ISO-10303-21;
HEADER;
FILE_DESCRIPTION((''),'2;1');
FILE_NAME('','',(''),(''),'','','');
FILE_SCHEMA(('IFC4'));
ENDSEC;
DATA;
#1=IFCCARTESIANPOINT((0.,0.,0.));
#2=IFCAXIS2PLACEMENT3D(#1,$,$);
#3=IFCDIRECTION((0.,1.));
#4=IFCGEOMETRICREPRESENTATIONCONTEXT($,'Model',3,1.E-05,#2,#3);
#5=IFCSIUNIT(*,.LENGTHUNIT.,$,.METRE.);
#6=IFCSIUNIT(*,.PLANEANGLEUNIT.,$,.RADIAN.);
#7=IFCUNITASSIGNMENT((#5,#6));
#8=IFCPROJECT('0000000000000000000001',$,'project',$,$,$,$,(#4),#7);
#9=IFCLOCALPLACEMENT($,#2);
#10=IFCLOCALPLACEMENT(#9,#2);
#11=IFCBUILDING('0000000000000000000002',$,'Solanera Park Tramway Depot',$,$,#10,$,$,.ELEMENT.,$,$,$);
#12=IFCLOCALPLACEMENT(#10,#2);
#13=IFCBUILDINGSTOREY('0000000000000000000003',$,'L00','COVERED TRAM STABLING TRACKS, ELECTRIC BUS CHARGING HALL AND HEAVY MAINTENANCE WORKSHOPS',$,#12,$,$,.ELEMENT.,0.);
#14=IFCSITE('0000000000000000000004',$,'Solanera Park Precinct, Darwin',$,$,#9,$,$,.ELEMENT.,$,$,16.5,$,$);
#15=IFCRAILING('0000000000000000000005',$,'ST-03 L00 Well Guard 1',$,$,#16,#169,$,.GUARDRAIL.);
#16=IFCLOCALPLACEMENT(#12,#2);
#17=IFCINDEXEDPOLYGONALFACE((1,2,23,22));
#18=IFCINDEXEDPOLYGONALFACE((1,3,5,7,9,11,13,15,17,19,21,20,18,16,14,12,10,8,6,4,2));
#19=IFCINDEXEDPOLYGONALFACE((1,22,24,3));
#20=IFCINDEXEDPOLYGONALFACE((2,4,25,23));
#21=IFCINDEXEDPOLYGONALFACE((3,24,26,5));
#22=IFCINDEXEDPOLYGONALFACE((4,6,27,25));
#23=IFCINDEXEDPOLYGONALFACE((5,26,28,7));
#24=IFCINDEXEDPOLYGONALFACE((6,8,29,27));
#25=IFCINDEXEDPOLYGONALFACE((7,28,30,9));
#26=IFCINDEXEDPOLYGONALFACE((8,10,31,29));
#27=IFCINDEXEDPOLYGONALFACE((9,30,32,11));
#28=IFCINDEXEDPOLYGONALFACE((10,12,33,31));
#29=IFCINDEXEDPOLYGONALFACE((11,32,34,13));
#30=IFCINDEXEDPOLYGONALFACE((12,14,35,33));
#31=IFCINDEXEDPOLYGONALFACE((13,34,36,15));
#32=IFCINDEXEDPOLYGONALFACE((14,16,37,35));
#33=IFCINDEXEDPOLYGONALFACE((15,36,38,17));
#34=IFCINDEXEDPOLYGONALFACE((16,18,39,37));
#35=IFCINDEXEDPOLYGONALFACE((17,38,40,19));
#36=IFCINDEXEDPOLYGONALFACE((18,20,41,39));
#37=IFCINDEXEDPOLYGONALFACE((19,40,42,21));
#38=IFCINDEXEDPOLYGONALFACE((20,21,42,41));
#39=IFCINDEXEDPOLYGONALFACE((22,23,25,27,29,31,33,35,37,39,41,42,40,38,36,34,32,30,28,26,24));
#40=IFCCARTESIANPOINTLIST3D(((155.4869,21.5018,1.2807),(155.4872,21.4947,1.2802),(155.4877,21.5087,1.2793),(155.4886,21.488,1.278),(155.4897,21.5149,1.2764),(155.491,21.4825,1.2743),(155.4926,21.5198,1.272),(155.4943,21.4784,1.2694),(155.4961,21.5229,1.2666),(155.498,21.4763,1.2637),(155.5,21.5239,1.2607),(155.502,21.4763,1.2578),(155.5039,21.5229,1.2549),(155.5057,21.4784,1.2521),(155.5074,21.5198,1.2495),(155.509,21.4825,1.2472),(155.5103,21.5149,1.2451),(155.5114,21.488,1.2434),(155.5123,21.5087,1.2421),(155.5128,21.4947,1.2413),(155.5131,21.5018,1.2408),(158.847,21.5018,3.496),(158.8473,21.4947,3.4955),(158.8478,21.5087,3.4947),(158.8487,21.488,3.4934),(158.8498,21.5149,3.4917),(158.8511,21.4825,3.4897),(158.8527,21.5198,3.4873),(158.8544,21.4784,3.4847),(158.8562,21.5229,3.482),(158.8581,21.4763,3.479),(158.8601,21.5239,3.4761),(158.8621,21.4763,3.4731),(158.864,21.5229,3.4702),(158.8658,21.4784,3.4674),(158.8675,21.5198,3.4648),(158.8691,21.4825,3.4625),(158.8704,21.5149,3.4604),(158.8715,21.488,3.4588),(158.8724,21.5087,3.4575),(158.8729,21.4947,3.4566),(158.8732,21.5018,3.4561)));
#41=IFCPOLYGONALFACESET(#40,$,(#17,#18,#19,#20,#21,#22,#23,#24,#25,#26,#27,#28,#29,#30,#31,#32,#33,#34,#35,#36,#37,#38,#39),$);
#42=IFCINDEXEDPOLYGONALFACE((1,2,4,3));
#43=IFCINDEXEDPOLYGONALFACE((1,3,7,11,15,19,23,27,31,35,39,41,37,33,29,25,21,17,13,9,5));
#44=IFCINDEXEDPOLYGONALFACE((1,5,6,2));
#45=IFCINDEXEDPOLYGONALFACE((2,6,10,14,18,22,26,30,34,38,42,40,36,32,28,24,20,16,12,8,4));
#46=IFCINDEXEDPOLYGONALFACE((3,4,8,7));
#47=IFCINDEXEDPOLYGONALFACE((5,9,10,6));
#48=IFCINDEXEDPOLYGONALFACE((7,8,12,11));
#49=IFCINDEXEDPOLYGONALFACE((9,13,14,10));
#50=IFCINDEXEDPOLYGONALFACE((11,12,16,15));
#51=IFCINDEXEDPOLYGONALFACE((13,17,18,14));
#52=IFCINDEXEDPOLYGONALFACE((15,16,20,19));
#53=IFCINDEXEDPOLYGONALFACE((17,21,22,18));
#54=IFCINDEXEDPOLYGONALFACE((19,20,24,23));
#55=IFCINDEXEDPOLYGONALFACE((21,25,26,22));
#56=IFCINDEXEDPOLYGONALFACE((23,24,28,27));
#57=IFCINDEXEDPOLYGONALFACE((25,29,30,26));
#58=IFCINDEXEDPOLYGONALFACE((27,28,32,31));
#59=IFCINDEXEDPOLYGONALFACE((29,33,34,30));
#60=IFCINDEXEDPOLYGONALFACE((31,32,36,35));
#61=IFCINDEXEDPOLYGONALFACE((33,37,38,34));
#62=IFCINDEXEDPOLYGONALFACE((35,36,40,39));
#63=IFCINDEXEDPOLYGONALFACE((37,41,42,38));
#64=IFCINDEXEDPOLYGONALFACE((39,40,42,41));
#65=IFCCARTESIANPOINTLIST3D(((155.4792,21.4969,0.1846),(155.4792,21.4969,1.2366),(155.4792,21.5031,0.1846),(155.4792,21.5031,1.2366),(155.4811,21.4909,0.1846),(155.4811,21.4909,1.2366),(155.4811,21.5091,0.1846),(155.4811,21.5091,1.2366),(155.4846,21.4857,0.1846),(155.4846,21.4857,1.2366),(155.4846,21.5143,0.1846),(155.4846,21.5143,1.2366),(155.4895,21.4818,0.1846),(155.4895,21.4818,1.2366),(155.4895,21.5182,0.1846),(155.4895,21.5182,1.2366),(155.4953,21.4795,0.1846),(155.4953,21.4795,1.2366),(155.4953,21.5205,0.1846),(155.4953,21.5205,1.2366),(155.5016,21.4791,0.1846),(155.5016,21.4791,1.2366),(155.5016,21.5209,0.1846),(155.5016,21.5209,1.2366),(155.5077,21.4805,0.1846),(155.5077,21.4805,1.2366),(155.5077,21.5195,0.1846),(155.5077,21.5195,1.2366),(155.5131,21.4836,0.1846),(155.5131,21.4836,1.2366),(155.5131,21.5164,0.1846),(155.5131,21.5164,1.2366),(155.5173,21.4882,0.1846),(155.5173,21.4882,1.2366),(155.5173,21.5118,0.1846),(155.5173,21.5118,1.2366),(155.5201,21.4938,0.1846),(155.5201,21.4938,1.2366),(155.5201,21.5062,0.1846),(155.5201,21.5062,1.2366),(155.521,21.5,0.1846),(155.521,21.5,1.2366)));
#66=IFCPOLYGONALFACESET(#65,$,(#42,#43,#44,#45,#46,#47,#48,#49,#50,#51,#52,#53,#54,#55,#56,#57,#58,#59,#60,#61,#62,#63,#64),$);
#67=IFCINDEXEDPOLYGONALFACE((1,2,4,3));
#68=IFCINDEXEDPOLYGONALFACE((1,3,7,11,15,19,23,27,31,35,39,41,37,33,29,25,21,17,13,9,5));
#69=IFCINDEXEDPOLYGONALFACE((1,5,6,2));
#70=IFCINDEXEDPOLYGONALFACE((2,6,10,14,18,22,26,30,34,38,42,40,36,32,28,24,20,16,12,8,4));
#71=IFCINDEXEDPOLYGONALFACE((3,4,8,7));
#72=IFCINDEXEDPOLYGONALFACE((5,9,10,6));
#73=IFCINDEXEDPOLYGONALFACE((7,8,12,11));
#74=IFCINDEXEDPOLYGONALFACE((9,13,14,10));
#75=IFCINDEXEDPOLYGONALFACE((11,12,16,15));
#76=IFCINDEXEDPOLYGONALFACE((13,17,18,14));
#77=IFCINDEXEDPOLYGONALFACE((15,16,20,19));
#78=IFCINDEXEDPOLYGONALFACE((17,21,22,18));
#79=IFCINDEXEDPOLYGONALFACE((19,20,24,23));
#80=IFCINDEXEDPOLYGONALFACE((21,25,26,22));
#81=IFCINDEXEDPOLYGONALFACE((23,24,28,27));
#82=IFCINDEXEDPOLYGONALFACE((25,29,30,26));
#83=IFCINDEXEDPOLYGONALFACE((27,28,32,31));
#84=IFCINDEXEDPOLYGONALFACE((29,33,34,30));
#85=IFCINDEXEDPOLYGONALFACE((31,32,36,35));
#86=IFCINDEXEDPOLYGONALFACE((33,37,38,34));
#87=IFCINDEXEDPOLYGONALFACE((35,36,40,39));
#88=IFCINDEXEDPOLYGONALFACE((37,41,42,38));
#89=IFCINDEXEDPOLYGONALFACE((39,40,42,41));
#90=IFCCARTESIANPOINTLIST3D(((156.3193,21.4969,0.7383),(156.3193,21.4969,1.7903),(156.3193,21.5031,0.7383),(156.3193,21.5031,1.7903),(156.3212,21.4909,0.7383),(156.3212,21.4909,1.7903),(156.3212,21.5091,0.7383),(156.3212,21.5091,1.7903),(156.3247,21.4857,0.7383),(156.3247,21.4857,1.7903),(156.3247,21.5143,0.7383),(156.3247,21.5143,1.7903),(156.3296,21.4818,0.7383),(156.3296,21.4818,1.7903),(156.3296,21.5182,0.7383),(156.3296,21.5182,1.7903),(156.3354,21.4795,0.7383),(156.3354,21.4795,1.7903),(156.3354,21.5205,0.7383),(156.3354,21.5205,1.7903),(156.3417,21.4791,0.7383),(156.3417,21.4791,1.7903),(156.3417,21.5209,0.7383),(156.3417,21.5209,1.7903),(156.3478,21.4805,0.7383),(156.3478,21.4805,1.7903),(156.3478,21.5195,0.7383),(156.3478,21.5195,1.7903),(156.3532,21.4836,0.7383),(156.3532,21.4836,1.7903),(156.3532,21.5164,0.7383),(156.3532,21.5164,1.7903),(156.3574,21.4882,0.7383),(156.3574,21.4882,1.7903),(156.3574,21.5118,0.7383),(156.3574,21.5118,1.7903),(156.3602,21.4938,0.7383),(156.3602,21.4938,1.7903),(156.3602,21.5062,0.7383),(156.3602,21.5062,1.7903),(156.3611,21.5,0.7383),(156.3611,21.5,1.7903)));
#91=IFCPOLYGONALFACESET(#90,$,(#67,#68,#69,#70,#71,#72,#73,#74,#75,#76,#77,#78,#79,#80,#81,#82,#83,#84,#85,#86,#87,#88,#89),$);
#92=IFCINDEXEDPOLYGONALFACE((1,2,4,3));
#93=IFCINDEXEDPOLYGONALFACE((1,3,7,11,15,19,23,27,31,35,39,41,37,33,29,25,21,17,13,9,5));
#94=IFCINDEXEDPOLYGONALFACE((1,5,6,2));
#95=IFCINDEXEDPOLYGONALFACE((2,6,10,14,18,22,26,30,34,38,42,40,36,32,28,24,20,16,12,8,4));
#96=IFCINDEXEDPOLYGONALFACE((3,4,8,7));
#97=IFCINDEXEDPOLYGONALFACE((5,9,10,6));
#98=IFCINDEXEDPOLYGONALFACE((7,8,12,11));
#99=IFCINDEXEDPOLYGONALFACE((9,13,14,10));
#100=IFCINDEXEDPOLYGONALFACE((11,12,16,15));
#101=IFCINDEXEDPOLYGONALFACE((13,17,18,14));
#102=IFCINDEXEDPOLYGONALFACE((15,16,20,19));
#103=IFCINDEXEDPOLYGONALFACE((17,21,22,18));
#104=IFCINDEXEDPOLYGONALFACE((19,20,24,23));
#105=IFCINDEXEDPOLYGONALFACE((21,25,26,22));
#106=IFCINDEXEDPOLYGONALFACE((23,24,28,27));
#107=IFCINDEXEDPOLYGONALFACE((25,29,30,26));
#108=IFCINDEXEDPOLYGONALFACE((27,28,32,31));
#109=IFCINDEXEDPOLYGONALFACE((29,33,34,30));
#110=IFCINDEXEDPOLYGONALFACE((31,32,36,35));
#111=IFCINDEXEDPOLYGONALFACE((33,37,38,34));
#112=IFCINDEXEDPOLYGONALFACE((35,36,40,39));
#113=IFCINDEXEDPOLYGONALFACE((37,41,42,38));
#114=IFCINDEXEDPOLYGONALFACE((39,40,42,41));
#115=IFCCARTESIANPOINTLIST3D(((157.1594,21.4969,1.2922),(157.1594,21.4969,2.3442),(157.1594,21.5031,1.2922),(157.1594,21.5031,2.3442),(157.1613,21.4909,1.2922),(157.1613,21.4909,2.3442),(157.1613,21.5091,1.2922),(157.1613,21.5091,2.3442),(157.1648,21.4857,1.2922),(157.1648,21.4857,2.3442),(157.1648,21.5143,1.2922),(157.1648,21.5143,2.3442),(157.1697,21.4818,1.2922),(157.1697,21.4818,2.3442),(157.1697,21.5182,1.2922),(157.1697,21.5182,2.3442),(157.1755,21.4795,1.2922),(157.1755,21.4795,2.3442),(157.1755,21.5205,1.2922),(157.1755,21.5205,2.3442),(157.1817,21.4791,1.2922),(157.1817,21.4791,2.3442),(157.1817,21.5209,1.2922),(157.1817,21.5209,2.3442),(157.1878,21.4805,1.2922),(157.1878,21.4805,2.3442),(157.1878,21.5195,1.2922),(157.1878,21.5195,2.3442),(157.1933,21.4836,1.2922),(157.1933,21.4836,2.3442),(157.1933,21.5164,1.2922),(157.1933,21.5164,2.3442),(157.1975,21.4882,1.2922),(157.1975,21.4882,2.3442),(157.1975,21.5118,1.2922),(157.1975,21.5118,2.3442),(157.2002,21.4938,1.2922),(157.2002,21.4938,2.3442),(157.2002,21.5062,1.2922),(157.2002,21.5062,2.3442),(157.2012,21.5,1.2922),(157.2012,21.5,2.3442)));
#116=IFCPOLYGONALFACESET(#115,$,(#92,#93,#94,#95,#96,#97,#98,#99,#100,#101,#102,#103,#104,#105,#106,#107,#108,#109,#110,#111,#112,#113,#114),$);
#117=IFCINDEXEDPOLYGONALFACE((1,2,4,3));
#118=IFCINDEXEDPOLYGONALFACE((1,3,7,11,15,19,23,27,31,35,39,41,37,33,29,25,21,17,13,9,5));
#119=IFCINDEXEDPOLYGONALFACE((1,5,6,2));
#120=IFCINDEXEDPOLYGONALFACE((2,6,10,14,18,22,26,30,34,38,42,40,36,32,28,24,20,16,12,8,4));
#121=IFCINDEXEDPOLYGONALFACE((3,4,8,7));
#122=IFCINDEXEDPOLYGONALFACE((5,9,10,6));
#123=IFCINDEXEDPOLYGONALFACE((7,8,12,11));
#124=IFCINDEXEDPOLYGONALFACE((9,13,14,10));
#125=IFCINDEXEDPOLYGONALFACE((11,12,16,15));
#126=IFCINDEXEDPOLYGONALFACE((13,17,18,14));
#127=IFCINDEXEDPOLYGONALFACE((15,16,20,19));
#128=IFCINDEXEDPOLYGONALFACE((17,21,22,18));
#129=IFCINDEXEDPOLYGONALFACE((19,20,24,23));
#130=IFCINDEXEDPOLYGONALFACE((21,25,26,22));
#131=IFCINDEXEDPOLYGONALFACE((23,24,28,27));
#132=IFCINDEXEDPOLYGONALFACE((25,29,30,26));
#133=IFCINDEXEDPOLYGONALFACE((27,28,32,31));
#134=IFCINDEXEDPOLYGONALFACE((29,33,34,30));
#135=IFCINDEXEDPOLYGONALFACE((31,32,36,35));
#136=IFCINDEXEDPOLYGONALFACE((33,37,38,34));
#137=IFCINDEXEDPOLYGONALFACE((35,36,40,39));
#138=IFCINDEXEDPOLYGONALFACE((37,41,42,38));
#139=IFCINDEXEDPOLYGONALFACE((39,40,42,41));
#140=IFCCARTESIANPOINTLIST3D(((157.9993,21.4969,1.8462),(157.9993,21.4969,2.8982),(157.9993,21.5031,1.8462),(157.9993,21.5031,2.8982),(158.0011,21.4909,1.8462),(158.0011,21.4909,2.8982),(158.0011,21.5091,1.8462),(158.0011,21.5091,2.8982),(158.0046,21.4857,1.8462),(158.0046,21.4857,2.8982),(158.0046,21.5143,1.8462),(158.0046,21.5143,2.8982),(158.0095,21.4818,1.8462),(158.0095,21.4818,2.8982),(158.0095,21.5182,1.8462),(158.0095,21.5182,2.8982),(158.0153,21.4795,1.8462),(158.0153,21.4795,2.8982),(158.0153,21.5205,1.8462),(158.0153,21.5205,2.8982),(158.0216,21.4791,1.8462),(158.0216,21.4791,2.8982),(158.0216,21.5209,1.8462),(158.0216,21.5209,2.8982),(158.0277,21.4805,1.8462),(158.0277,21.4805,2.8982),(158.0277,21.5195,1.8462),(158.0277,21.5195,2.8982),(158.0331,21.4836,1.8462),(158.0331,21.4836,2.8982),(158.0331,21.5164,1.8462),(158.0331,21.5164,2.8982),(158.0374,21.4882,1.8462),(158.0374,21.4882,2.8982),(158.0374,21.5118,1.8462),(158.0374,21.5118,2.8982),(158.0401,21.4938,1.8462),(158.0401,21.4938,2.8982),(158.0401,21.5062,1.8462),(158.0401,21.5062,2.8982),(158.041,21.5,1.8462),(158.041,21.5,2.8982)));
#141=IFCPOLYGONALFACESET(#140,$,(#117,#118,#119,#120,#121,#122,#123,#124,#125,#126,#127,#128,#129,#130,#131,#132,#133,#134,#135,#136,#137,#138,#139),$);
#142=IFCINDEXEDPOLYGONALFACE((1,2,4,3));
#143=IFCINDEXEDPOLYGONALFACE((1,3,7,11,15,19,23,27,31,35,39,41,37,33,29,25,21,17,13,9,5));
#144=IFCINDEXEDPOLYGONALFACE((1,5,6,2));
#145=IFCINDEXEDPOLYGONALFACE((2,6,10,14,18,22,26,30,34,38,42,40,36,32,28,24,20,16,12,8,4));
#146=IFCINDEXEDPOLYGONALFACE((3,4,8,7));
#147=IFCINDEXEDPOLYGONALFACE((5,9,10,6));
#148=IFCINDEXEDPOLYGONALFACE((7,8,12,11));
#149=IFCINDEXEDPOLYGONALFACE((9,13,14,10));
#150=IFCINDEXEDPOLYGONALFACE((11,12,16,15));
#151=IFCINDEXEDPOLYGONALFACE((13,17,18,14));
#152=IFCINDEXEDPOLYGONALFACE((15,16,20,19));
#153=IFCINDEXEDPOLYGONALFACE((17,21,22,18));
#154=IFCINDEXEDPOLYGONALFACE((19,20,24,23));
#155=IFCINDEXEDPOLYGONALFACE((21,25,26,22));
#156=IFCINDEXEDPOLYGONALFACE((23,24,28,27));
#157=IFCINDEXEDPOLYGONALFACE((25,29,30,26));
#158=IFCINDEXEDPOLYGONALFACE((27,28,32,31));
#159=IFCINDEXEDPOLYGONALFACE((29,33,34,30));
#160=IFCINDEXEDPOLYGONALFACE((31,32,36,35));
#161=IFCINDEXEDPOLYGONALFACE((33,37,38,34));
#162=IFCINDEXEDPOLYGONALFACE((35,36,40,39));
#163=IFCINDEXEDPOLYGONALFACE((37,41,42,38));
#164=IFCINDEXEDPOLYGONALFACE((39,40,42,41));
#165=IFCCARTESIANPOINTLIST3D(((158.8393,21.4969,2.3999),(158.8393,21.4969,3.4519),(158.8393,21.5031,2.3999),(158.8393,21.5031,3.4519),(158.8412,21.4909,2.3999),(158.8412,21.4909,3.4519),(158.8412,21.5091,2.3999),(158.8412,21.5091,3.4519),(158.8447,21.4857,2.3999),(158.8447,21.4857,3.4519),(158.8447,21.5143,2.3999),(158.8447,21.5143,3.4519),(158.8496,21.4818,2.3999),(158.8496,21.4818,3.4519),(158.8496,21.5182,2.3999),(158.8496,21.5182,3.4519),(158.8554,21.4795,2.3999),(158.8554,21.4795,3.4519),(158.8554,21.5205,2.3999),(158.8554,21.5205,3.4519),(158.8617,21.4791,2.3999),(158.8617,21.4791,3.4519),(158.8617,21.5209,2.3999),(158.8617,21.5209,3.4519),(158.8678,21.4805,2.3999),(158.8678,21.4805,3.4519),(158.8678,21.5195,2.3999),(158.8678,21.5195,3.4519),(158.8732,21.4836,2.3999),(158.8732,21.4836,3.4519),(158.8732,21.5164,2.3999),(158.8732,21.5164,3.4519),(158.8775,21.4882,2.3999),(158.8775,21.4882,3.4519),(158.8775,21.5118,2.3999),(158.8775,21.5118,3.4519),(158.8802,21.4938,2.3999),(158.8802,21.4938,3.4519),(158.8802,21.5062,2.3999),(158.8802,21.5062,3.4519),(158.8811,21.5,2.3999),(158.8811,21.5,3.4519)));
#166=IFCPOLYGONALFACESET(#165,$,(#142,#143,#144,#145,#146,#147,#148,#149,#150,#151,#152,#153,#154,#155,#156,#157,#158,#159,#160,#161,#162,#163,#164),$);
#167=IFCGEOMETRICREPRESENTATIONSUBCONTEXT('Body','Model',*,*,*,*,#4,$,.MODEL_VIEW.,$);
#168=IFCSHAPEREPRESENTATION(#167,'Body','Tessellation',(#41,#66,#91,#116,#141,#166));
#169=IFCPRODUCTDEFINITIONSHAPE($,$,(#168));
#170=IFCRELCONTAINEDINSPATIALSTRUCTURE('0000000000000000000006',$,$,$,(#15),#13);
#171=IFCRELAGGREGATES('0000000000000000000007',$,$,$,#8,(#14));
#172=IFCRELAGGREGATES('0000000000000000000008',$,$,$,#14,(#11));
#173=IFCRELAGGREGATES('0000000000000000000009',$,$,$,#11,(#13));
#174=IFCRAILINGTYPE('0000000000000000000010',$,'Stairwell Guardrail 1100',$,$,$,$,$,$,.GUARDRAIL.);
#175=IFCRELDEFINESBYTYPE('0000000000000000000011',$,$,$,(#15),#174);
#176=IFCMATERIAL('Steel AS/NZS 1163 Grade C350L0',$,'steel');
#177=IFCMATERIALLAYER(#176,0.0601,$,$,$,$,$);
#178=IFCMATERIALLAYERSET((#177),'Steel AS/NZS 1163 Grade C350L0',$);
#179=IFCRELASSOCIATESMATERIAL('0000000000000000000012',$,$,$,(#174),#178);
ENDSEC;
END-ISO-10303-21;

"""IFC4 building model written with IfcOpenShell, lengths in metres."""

from ifc_helpers import new_model, si_unit, direction, frame, origin, origin_2d, place, context, subcontext, project, spatial, circle, extrude, material, layer, layer_set, type_object, element, save


model = new_model("IFC4")

# Units and contexts
model_context = context("Model", 3, precision=1e-05, world=origin(), true_north=direction((0.0, 1.0)))
body_context = subcontext(model_context, "Body", "Model", "MODEL_VIEW")
ifc_project = project(units=[si_unit("LENGTHUNIT", "METRE"), si_unit("PLANEANGLEUNIT", "RADIAN")], contexts=[model_context])

# Site, building, storey
site_placement = place(None, origin())
site = spatial("IfcSite", under=ifc_project, at=site_placement, Name="Solanera Park Precinct, Darwin", CompositionType="ELEMENT", RefElevation=16.5)
building_placement = place(site_placement, origin())
building = spatial("IfcBuilding", under=site, at=building_placement, Name="Solanera Park Tramway Depot", CompositionType="ELEMENT")
storey_placement = place(building_placement, origin())
storey = spatial("IfcBuildingStorey", under=building, at=storey_placement, Name="L00", Description="COVERED TRAM STABLING TRACKS, ELECTRIC BUS CHARGING HALL AND HEAVY MAINTENANCE WORKSHOPS", CompositionType="ELEMENT", Elevation=0.0)

# Railing
ifc_material_1 = material(Name="Steel AS/NZS 1163 Grade C350L0", Category="steel")
ifc_layer_1 = layer(ifc_material_1, 0.0601)
ifc_layer_set_1 = layer_set([ifc_layer_1], Name="Steel AS/NZS 1163 Grade C350L0")
railing_type_1 = type_object("IfcRailingType", Name="Stairwell Guardrail 1100", PredefinedType="GUARDRAIL", material=ifc_layer_set_1)
railing_1_placement = place(storey_placement, frame((155.5, 21.5, 0.1846)))
element("IfcRailing", 1, at=railing_1_placement, inside=storey, type_object=railing_type_1, Name="ST-03 L00 Well Guard 1", PredefinedType="GUARDRAIL", context=body_context, shape_type="SweptSolid", body=[
    extrude(circle(Radius=0.0239, at=origin_2d()), frame((0.0, 0.0, 1.0762), z_axis=(0.834876, 0.0, 0.550437), x_axis=(0.0, 1.0, 0.0)), (0.0, 0.0, 1.0), 4.0247),
    extrude(circle(Radius=0.021, at=origin_2d()), origin(), (0.0, 0.0, 1.0), 1.052),
    extrude(circle(Radius=0.021, at=origin_2d()), frame((0.8401, 0.0, 0.5537)), (0.0, 0.0, 1.0), 1.052),
    extrude(circle(Radius=0.021, at=origin_2d()), frame((1.6802, 0.0, 1.1077)), (0.0, 0.0, 1.0), 1.052),
    extrude(circle(Radius=0.021, at=origin_2d()), frame((2.52, 0.0, 1.6616)), (0.0, 0.0, 1.0), 1.052),
    extrude(circle(Radius=0.021, at=origin_2d()), frame((3.3601, 0.0, 2.2153)), (0.0, 0.0, 1.0), 1.052),
])

save(model, "model.ifc")
